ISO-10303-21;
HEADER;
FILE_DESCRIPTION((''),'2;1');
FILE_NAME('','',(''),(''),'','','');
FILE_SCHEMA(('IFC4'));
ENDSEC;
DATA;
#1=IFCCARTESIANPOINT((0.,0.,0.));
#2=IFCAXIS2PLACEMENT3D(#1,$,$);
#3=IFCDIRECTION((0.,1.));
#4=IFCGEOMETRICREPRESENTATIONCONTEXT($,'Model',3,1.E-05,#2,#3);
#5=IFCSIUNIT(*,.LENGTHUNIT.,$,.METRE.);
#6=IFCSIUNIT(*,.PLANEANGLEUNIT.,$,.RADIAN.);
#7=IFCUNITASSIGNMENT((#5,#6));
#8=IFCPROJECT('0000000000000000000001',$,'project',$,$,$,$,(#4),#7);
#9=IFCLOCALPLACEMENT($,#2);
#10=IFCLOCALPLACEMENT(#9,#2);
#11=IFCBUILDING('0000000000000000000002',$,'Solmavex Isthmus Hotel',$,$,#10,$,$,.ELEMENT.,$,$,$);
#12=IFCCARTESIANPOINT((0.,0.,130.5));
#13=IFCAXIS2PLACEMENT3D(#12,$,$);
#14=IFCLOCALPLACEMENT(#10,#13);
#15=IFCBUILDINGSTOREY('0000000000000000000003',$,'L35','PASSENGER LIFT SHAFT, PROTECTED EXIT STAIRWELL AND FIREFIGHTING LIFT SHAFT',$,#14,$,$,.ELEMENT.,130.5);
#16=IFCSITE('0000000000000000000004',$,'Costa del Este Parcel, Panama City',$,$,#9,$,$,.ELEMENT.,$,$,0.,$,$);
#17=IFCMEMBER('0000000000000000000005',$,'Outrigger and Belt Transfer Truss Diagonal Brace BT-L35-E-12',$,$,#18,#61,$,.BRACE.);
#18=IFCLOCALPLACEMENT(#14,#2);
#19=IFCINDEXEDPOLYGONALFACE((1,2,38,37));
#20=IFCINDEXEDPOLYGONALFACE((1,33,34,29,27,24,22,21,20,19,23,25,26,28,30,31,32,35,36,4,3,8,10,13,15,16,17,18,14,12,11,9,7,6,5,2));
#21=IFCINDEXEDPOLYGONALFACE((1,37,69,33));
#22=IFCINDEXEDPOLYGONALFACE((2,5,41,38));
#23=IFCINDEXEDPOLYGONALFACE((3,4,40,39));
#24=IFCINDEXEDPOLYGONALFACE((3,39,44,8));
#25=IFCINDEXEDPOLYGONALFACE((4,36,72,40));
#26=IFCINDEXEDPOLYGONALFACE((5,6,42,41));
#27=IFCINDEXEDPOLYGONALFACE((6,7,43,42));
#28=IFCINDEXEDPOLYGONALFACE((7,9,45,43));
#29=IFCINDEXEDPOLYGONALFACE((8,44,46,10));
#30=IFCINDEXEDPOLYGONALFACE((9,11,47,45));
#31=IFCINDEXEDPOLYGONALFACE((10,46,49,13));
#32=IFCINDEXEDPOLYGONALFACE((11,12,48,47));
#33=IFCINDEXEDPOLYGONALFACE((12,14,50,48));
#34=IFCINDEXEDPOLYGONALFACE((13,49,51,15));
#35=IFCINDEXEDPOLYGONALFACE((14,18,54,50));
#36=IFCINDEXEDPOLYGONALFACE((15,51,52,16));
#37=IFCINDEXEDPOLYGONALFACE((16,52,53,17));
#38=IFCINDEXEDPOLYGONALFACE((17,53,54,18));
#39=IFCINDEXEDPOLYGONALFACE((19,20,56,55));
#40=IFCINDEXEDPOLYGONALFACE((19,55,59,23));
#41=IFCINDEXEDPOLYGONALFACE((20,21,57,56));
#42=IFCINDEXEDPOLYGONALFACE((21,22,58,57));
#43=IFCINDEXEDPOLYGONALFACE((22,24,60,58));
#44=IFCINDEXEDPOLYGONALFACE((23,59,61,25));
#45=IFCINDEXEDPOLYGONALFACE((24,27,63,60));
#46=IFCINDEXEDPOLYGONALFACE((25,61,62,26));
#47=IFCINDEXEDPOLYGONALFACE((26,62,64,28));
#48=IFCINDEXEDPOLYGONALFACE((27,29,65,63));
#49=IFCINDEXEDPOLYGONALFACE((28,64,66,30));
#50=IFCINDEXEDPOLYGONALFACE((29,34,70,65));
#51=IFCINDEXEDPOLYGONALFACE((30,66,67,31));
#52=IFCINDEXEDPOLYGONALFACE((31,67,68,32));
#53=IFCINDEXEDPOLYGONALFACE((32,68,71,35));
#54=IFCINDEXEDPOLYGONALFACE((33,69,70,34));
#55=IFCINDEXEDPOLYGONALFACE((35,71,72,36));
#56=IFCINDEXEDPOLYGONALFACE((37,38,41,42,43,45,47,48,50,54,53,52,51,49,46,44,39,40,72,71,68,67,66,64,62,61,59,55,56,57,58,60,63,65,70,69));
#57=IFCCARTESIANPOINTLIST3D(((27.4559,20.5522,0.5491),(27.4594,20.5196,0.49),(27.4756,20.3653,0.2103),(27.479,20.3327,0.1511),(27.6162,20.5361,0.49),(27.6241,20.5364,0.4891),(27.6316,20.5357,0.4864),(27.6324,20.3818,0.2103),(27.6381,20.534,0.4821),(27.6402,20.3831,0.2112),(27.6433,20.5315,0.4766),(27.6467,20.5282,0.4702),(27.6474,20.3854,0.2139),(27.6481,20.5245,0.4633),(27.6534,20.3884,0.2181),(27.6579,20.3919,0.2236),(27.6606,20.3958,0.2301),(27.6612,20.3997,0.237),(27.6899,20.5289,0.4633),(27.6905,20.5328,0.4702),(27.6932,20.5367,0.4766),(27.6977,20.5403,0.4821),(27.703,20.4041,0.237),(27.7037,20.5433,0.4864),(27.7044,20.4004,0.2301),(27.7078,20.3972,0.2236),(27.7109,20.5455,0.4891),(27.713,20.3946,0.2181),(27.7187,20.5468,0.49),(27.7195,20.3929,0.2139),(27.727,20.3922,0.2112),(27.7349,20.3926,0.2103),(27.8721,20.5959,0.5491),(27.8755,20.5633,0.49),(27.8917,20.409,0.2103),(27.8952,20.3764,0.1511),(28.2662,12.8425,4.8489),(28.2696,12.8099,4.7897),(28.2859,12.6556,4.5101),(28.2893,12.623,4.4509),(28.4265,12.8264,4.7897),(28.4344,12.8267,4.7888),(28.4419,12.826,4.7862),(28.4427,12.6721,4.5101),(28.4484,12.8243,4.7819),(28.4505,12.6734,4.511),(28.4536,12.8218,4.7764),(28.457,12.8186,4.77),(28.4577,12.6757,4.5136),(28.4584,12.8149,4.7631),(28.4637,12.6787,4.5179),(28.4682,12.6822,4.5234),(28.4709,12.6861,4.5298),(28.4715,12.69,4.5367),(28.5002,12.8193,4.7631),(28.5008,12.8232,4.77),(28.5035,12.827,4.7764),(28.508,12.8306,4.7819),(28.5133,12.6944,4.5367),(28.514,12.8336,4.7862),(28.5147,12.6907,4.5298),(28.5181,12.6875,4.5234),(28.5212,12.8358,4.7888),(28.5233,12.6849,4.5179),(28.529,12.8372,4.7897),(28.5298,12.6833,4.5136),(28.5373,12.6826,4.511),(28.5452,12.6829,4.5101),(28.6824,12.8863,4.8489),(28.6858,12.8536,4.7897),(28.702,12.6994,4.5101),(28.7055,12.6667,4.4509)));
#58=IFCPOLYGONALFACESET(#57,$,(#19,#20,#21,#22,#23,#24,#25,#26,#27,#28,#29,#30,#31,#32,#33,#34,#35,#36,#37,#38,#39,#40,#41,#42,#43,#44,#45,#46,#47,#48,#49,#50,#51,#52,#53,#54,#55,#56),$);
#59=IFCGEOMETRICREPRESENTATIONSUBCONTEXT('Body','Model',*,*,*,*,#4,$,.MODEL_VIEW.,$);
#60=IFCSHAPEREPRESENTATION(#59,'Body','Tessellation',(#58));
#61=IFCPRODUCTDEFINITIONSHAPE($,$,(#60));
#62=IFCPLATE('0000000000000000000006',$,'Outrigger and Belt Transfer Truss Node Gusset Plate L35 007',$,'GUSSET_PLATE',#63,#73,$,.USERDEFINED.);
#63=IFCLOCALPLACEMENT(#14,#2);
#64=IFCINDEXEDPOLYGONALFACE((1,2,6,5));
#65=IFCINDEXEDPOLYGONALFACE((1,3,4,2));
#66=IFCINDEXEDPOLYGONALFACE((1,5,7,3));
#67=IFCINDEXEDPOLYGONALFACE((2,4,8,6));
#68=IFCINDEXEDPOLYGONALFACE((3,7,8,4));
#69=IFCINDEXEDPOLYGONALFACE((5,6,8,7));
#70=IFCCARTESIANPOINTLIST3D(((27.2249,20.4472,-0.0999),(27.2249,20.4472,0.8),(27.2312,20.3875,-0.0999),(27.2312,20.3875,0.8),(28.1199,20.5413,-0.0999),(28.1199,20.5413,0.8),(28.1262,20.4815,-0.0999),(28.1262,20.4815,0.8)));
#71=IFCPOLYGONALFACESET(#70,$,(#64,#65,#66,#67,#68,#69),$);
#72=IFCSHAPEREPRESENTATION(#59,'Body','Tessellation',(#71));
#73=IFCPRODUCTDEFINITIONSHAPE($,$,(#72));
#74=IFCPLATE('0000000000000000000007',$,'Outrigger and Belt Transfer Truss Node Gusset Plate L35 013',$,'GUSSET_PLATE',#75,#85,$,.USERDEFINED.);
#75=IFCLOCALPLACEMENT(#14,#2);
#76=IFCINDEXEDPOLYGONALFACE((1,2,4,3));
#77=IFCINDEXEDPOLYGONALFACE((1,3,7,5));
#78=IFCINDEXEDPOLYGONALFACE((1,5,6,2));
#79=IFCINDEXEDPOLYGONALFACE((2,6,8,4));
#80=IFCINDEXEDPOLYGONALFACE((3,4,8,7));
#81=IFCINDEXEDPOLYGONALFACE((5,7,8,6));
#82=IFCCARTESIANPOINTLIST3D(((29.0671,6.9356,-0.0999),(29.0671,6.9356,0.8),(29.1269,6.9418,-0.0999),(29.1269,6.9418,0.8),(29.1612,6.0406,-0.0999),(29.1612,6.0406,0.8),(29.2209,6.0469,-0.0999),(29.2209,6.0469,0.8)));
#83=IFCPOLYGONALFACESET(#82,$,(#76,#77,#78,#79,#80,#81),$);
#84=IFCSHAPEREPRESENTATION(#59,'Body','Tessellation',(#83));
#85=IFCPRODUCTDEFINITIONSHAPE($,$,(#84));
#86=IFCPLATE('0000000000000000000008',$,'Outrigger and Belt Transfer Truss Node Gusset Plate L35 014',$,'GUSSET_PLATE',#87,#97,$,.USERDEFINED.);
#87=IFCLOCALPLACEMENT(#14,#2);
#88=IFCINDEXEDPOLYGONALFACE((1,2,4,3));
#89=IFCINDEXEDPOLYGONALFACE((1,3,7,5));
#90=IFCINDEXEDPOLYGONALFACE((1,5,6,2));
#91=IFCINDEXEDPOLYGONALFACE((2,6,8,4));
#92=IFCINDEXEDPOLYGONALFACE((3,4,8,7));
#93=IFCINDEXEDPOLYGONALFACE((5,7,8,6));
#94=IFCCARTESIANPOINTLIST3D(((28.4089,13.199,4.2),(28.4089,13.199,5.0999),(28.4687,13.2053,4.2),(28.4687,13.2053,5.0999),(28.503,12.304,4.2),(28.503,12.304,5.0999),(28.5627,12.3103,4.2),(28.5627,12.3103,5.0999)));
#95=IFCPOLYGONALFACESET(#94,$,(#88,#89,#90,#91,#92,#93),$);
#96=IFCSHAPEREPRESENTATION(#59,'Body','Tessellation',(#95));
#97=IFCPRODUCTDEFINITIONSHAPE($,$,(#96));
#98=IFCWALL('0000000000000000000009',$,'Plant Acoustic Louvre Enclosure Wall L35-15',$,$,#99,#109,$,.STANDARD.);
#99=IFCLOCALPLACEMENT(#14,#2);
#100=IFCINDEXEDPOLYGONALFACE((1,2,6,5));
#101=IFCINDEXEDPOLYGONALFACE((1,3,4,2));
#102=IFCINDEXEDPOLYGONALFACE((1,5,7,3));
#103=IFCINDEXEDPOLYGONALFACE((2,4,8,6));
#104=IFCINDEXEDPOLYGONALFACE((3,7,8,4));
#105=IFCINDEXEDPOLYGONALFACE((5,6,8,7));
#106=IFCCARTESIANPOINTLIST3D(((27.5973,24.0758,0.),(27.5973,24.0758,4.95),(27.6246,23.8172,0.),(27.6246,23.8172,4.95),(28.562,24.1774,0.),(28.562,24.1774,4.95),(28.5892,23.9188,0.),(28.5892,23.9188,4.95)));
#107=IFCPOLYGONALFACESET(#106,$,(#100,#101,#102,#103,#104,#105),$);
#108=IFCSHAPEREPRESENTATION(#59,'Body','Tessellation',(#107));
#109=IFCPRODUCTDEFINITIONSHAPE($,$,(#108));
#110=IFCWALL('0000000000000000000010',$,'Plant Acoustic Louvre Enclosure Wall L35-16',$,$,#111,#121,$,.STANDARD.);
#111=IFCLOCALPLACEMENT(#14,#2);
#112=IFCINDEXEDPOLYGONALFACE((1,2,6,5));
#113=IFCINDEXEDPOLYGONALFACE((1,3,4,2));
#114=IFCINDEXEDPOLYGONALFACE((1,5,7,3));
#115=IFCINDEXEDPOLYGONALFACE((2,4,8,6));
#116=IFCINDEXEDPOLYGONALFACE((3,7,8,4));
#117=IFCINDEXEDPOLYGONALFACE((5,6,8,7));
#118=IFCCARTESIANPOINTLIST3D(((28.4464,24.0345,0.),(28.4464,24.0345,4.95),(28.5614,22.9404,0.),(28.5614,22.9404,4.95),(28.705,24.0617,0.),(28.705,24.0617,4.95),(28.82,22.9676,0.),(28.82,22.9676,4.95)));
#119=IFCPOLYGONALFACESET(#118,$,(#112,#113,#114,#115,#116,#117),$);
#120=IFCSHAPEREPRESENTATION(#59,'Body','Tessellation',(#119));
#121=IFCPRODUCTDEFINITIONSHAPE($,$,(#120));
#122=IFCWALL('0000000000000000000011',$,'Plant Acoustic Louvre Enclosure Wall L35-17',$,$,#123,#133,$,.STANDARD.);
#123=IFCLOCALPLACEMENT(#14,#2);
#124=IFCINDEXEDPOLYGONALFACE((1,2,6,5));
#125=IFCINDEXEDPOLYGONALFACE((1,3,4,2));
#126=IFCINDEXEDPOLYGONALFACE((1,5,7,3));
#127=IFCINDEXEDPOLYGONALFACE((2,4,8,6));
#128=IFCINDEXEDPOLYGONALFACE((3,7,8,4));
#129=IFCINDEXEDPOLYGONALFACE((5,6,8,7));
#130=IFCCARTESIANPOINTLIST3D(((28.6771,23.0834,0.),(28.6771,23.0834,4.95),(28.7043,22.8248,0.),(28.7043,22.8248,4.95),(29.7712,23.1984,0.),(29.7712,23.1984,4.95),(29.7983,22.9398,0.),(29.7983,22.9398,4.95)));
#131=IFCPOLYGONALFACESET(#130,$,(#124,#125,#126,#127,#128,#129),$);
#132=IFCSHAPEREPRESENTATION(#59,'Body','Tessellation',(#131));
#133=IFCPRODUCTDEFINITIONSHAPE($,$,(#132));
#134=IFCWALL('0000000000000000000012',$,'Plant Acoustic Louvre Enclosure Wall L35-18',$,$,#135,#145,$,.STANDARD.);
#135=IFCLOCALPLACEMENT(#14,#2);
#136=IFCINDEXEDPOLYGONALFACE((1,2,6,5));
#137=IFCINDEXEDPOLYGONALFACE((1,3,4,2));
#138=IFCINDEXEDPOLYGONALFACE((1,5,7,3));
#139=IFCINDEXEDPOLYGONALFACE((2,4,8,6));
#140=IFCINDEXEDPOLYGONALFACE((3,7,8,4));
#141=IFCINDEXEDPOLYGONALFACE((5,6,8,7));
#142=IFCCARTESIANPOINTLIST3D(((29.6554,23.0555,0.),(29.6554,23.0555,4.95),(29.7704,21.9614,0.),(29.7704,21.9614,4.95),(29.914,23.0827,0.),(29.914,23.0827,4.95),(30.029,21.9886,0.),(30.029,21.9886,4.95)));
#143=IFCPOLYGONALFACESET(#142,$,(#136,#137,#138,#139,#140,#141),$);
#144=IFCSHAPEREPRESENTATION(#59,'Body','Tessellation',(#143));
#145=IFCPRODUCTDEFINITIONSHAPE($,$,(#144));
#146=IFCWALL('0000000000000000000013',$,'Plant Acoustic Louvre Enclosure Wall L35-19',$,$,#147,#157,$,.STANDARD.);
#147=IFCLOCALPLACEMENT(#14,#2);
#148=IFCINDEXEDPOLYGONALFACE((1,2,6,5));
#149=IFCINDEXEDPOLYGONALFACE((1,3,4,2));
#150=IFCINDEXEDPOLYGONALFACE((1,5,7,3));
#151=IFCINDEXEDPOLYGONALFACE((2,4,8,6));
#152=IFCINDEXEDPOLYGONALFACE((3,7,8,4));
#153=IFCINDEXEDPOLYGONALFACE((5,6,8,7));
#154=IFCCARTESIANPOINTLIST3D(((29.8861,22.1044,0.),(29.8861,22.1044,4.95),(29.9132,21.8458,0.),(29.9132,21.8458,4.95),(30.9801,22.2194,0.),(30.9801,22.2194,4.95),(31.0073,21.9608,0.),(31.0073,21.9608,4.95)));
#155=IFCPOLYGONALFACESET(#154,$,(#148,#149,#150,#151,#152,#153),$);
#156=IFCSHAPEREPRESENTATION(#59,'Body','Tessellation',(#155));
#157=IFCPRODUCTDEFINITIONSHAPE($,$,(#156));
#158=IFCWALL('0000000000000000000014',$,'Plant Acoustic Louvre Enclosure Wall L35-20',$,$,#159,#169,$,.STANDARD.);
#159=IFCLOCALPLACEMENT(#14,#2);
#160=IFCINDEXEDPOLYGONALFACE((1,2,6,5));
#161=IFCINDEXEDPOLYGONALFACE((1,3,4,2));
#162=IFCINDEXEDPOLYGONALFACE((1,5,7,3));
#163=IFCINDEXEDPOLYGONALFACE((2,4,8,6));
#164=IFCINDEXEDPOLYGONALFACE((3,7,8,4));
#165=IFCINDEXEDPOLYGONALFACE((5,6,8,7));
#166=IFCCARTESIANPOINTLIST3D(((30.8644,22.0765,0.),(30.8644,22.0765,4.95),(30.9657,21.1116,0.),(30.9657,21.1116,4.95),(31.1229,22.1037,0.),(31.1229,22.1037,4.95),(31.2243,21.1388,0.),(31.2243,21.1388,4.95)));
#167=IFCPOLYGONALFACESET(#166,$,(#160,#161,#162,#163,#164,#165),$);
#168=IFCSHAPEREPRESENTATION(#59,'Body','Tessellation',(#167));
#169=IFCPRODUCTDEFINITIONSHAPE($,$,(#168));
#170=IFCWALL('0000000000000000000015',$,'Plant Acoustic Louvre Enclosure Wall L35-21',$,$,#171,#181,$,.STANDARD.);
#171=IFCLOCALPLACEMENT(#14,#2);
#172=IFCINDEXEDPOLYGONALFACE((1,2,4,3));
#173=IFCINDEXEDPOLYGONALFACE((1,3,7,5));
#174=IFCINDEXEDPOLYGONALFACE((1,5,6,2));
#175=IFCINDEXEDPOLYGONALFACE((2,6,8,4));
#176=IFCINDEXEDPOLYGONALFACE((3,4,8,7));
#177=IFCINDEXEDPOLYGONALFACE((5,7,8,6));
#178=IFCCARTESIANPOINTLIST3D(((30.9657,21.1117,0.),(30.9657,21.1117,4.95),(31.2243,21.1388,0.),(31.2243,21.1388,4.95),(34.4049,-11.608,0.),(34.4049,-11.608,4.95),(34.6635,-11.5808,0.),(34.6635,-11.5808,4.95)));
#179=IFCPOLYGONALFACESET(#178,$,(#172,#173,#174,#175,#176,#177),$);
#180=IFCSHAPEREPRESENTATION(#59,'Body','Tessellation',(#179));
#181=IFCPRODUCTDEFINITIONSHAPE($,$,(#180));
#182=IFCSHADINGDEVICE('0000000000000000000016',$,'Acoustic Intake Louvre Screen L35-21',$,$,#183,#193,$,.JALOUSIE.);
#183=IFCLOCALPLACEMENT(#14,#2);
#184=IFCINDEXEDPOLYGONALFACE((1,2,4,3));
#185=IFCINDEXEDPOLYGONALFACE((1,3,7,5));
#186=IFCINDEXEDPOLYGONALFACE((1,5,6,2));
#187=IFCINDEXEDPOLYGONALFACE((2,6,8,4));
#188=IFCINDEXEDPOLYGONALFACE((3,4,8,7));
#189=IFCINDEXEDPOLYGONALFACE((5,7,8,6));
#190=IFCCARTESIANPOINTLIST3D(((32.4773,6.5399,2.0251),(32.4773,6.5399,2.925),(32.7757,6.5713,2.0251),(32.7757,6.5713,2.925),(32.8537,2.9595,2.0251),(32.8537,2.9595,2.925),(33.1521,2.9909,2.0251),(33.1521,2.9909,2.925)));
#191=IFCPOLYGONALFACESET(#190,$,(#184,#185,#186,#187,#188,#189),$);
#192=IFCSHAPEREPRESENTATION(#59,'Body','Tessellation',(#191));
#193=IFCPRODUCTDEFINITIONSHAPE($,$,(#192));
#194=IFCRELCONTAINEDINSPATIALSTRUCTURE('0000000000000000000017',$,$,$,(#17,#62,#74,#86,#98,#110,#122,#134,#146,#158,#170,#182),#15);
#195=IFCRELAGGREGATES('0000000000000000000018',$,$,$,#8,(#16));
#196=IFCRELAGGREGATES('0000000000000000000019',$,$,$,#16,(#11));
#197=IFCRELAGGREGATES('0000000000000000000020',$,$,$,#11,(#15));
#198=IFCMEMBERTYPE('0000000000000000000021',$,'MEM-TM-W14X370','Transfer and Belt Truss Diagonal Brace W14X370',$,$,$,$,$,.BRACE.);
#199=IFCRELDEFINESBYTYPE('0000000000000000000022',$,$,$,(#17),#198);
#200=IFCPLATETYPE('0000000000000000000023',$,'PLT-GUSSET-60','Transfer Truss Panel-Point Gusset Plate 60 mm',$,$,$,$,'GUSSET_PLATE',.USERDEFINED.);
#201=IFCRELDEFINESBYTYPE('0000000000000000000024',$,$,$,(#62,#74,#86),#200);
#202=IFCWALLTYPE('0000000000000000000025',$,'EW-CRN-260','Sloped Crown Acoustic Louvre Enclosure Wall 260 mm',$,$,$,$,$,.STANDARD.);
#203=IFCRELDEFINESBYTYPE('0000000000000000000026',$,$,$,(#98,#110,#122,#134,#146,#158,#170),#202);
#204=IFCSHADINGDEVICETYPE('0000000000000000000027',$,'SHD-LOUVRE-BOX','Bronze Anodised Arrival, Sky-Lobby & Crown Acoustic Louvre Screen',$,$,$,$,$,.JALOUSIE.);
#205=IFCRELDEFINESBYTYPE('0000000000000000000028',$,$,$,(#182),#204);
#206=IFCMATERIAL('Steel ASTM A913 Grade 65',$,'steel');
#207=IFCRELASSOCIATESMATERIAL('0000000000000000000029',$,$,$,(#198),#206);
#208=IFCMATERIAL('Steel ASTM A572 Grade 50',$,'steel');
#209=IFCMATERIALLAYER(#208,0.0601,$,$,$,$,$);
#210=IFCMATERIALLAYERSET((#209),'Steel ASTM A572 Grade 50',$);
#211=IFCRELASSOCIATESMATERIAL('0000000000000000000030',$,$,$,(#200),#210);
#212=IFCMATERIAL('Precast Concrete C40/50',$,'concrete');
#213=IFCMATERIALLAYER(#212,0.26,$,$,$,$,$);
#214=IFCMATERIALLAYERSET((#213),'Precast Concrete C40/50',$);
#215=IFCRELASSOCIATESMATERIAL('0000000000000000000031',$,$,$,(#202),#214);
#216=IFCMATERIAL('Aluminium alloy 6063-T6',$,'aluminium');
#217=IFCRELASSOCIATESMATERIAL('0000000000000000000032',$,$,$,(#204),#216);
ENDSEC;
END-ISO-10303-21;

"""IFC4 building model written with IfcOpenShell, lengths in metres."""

from ifc_helpers import new_model, si_unit, direction, frame, frame_2d, origin, origin_2d, place, context, subcontext, project, spatial, rectangle, i_section, extrude, material, layer, layer_set, material_profile, profile_set, type_object, element, save


model = new_model("IFC4")

# Units and contexts
model_context = context("Model", 3, precision=1e-05, world=origin(), true_north=direction((0.0, 1.0)))
body_context = subcontext(model_context, "Body", "Model", "MODEL_VIEW")
ifc_project = project(units=[si_unit("LENGTHUNIT", "METRE"), si_unit("PLANEANGLEUNIT", "RADIAN")], contexts=[model_context])

# Site, building, storey
site_placement = place(None, origin())
site = spatial("IfcSite", under=ifc_project, at=site_placement, Name="Costa del Este Parcel, Panama City", CompositionType="ELEMENT", RefElevation=0.0)
building_placement = place(site_placement, origin())
building = spatial("IfcBuilding", under=site, at=building_placement, Name="Solmavex Isthmus Hotel", CompositionType="ELEMENT")
storey_placement = place(building_placement, frame((0.0, 0.0, 130.5)))
storey = spatial("IfcBuildingStorey", under=building, at=storey_placement, Name="L35", Description="PASSENGER LIFT SHAFT, PROTECTED EXIT STAIRWELL AND FIREFIGHTING LIFT SHAFT", CompositionType="ELEMENT", Elevation=130.5)

# Shared definitions
ifc_material_1 = material(Name="Steel ASTM A913 Grade 65", Category="steel")

# Member
ifc_material_profile_1 = material_profile(ifc_material_1, i_section(OverallWidth=0.4185, OverallDepth=0.4551, WebThickness=0.042, FlangeThickness=0.0676, FilletRadius=0.0305, at=origin_2d()), Name="W14X370")
ifc_profile_set_1 = profile_set([ifc_material_profile_1], Name="Steel ASTM A913 Grade 65")
member_type_1 = type_object("IfcMemberType", Name="MEM-TM-W14X370", Description="Transfer and Belt Truss Diagonal Brace W14X370", PredefinedType="BRACE", material=ifc_profile_set_1)
member_1_placement = place(storey_placement, frame((28.4858, 12.7546, 4.6499), z_axis=(-0.091407, 0.8697, -0.485043), x_axis=(-0.994522, -0.104526, 0.0)))
element("IfcMember", 1, at=member_1_placement, inside=storey, type_object=member_type_1, Name="Outrigger and Belt Transfer Truss Diagonal Brace BT-L35-E-12", PredefinedType="BRACE", context=body_context, shape_type="SweptSolid", body=[
    extrude(i_section(OverallWidth=0.4185, OverallDepth=0.4551, WebThickness=0.042, FlangeThickness=0.0676, FilletRadius=0.0305, at=origin_2d()), origin(), (0.0, 0.0, 1.0), 8.8647),
])

# Plates
ifc_material_2 = material(Name="Steel ASTM A572 Grade 50", Category="steel")
ifc_layer_1 = layer(ifc_material_2, 0.0601)
ifc_layer_set_1 = layer_set([ifc_layer_1], Name="Steel ASTM A572 Grade 50")
plate_type = type_object("IfcPlateType", Name="PLT-GUSSET-60", Description="Transfer Truss Panel-Point Gusset Plate 60 mm", ElementType="GUSSET_PLATE", PredefinedType="USERDEFINED", material=ifc_layer_set_1)
for number, where, z_axis, x_axis, name in (
    (2, (27.6755, 20.4644, -0.0999), (0.0, 0.0, 1.0), (0.994522, 0.104528, 0.0), "Outrigger and Belt Transfer Truss Node Gusset Plate L35 007"),
    (3, (29.144, 6.4912, -0.0999), (0.0, 0.0, 1.0), (-0.104528, 0.994522, 0.0), "Outrigger and Belt Transfer Truss Node Gusset Plate L35 013"),
    (4, (28.4858, 12.7546, 4.2), (0.0, 0.0, 1.0), (-0.104528, 0.994522, 0.0), "Outrigger and Belt Transfer Truss Node Gusset Plate L35 014"),
):
    element("IfcPlate", number, at=place(storey_placement, frame(where, z_axis=z_axis, x_axis=x_axis)), inside=storey, type_object=plate_type, Name=name, ObjectType="GUSSET_PLATE", PredefinedType="USERDEFINED", context=body_context, shape_type="SweptSolid", body=[
        extrude(rectangle(XDim=0.8999, YDim=0.0601, at=origin_2d()), origin(), (0.0, 0.0, 1.0), 0.8999),
    ])

# Walls
ifc_material_3 = material(Name="Precast Concrete C40/50", Category="concrete")
ifc_layer_2 = layer(ifc_material_3, 0.26)
ifc_layer_set_2 = layer_set([ifc_layer_2], Name="Precast Concrete C40/50")
wall_type = type_object("IfcWallType", Name="EW-CRN-260", Description="Sloped Crown Acoustic Louvre Enclosure Wall 260 mm", PredefinedType="STANDARD", material=ifc_layer_set_2)
wall_1_placement = place(storey_placement, frame((27.6111, 23.9465, 0.0), z_axis=(0.0, 0.0, 1.0), x_axis=(0.994503, 0.104711, 0.0)))
element("IfcWall", 5, at=wall_1_placement, inside=storey, type_object=wall_type, Name="Plant Acoustic Louvre Enclosure Wall L35-15", PredefinedType="STANDARD", context=body_context, shape_type="SweptSolid", body=[
    extrude(rectangle(XDim=0.97, YDim=0.26, at=frame_2d((0.4849, 0.0))), origin(), (0.0, 0.0, 1.0), 4.95),
])
for number, where, z_axis, x_axis, name in (
    (6, (28.5757, 24.0481, 0.0), (0.0, 0.0, 1.0), (0.104535, -0.994521, 0.0), "Plant Acoustic Louvre Enclosure Wall L35-16"),
    (7, (28.6907, 22.9541, 0.0), (0.0, 0.0, 1.0), (0.994521, 0.104535, 0.0), "Plant Acoustic Louvre Enclosure Wall L35-17"),
    (8, (29.7847, 23.0691, 0.0), (0.0, 0.0, 1.0), (0.104535, -0.994521, 0.0), "Plant Acoustic Louvre Enclosure Wall L35-18"),
    (9, (29.8997, 21.9751, 0.0), (0.0, 0.0, 1.0), (0.994521, 0.104535, 0.0), "Plant Acoustic Louvre Enclosure Wall L35-19"),
):
    element("IfcWall", number, at=place(storey_placement, frame(where, z_axis=z_axis, x_axis=x_axis)), inside=storey, type_object=wall_type, Name=name, PredefinedType="STANDARD", context=body_context, shape_type="SweptSolid", body=[
        extrude(rectangle(XDim=1.1001, YDim=0.26, at=frame_2d((0.55, 0.0))), origin(), (0.0, 0.0, 1.0), 4.95),
    ])
wall_2_placement = place(storey_placement, frame((30.9937, 22.0901, 0.0), z_axis=(0.0, 0.0, 1.0), x_axis=(0.104436, -0.994532, 0.0)))
element("IfcWall", 10, at=wall_2_placement, inside=storey, type_object=wall_type, Name="Plant Acoustic Louvre Enclosure Wall L35-20", PredefinedType="STANDARD", context=body_context, shape_type="SweptSolid", body=[
    extrude(rectangle(XDim=0.9702, YDim=0.26, at=frame_2d((0.4851, 0.0))), origin(), (0.0, 0.0, 1.0), 4.95),
])
wall_3_placement = place(storey_placement, frame((31.095, 21.1252, 0.0), z_axis=(0.0, 0.0, 1.0), x_axis=(0.104535, -0.994521, 0.0)))
element("IfcWall", 11, at=wall_3_placement, inside=storey, type_object=wall_type, Name="Plant Acoustic Louvre Enclosure Wall L35-21", PredefinedType="STANDARD", context=body_context, shape_type="SweptSolid", body=[
    extrude(rectangle(XDim=32.8999, YDim=0.26, at=frame_2d((16.45, 0.0))), origin(), (0.0, 0.0, 1.0), 4.95),
])

# Shading device
ifc_material_4 = material(Name="Aluminium alloy 6063-T6", Category="aluminium")
shading_device_type = type_object("IfcShadingDeviceType", Name="SHD-LOUVRE-BOX", Description="Bronze Anodised Arrival, Sky-Lobby & Crown Acoustic Louvre Screen", PredefinedType="JALOUSIE", material=ifc_material_4)
shading_device_placement = place(storey_placement, frame((32.8147, 4.7654, 2.0251), z_axis=(0.0, 0.0, 1.0), x_axis=(0.104528, -0.994522, 0.0)))
element("IfcShadingDevice", 12, at=shading_device_placement, inside=storey, type_object=shading_device_type, Name="Acoustic Intake Louvre Screen L35-21", PredefinedType="JALOUSIE", context=body_context, shape_type="SweptSolid", body=[
    extrude(rectangle(XDim=3.6001, YDim=0.3, at=origin_2d()), origin(), (0.0, 0.0, 1.0), 0.8999),
])

save(model, "model.ifc")
